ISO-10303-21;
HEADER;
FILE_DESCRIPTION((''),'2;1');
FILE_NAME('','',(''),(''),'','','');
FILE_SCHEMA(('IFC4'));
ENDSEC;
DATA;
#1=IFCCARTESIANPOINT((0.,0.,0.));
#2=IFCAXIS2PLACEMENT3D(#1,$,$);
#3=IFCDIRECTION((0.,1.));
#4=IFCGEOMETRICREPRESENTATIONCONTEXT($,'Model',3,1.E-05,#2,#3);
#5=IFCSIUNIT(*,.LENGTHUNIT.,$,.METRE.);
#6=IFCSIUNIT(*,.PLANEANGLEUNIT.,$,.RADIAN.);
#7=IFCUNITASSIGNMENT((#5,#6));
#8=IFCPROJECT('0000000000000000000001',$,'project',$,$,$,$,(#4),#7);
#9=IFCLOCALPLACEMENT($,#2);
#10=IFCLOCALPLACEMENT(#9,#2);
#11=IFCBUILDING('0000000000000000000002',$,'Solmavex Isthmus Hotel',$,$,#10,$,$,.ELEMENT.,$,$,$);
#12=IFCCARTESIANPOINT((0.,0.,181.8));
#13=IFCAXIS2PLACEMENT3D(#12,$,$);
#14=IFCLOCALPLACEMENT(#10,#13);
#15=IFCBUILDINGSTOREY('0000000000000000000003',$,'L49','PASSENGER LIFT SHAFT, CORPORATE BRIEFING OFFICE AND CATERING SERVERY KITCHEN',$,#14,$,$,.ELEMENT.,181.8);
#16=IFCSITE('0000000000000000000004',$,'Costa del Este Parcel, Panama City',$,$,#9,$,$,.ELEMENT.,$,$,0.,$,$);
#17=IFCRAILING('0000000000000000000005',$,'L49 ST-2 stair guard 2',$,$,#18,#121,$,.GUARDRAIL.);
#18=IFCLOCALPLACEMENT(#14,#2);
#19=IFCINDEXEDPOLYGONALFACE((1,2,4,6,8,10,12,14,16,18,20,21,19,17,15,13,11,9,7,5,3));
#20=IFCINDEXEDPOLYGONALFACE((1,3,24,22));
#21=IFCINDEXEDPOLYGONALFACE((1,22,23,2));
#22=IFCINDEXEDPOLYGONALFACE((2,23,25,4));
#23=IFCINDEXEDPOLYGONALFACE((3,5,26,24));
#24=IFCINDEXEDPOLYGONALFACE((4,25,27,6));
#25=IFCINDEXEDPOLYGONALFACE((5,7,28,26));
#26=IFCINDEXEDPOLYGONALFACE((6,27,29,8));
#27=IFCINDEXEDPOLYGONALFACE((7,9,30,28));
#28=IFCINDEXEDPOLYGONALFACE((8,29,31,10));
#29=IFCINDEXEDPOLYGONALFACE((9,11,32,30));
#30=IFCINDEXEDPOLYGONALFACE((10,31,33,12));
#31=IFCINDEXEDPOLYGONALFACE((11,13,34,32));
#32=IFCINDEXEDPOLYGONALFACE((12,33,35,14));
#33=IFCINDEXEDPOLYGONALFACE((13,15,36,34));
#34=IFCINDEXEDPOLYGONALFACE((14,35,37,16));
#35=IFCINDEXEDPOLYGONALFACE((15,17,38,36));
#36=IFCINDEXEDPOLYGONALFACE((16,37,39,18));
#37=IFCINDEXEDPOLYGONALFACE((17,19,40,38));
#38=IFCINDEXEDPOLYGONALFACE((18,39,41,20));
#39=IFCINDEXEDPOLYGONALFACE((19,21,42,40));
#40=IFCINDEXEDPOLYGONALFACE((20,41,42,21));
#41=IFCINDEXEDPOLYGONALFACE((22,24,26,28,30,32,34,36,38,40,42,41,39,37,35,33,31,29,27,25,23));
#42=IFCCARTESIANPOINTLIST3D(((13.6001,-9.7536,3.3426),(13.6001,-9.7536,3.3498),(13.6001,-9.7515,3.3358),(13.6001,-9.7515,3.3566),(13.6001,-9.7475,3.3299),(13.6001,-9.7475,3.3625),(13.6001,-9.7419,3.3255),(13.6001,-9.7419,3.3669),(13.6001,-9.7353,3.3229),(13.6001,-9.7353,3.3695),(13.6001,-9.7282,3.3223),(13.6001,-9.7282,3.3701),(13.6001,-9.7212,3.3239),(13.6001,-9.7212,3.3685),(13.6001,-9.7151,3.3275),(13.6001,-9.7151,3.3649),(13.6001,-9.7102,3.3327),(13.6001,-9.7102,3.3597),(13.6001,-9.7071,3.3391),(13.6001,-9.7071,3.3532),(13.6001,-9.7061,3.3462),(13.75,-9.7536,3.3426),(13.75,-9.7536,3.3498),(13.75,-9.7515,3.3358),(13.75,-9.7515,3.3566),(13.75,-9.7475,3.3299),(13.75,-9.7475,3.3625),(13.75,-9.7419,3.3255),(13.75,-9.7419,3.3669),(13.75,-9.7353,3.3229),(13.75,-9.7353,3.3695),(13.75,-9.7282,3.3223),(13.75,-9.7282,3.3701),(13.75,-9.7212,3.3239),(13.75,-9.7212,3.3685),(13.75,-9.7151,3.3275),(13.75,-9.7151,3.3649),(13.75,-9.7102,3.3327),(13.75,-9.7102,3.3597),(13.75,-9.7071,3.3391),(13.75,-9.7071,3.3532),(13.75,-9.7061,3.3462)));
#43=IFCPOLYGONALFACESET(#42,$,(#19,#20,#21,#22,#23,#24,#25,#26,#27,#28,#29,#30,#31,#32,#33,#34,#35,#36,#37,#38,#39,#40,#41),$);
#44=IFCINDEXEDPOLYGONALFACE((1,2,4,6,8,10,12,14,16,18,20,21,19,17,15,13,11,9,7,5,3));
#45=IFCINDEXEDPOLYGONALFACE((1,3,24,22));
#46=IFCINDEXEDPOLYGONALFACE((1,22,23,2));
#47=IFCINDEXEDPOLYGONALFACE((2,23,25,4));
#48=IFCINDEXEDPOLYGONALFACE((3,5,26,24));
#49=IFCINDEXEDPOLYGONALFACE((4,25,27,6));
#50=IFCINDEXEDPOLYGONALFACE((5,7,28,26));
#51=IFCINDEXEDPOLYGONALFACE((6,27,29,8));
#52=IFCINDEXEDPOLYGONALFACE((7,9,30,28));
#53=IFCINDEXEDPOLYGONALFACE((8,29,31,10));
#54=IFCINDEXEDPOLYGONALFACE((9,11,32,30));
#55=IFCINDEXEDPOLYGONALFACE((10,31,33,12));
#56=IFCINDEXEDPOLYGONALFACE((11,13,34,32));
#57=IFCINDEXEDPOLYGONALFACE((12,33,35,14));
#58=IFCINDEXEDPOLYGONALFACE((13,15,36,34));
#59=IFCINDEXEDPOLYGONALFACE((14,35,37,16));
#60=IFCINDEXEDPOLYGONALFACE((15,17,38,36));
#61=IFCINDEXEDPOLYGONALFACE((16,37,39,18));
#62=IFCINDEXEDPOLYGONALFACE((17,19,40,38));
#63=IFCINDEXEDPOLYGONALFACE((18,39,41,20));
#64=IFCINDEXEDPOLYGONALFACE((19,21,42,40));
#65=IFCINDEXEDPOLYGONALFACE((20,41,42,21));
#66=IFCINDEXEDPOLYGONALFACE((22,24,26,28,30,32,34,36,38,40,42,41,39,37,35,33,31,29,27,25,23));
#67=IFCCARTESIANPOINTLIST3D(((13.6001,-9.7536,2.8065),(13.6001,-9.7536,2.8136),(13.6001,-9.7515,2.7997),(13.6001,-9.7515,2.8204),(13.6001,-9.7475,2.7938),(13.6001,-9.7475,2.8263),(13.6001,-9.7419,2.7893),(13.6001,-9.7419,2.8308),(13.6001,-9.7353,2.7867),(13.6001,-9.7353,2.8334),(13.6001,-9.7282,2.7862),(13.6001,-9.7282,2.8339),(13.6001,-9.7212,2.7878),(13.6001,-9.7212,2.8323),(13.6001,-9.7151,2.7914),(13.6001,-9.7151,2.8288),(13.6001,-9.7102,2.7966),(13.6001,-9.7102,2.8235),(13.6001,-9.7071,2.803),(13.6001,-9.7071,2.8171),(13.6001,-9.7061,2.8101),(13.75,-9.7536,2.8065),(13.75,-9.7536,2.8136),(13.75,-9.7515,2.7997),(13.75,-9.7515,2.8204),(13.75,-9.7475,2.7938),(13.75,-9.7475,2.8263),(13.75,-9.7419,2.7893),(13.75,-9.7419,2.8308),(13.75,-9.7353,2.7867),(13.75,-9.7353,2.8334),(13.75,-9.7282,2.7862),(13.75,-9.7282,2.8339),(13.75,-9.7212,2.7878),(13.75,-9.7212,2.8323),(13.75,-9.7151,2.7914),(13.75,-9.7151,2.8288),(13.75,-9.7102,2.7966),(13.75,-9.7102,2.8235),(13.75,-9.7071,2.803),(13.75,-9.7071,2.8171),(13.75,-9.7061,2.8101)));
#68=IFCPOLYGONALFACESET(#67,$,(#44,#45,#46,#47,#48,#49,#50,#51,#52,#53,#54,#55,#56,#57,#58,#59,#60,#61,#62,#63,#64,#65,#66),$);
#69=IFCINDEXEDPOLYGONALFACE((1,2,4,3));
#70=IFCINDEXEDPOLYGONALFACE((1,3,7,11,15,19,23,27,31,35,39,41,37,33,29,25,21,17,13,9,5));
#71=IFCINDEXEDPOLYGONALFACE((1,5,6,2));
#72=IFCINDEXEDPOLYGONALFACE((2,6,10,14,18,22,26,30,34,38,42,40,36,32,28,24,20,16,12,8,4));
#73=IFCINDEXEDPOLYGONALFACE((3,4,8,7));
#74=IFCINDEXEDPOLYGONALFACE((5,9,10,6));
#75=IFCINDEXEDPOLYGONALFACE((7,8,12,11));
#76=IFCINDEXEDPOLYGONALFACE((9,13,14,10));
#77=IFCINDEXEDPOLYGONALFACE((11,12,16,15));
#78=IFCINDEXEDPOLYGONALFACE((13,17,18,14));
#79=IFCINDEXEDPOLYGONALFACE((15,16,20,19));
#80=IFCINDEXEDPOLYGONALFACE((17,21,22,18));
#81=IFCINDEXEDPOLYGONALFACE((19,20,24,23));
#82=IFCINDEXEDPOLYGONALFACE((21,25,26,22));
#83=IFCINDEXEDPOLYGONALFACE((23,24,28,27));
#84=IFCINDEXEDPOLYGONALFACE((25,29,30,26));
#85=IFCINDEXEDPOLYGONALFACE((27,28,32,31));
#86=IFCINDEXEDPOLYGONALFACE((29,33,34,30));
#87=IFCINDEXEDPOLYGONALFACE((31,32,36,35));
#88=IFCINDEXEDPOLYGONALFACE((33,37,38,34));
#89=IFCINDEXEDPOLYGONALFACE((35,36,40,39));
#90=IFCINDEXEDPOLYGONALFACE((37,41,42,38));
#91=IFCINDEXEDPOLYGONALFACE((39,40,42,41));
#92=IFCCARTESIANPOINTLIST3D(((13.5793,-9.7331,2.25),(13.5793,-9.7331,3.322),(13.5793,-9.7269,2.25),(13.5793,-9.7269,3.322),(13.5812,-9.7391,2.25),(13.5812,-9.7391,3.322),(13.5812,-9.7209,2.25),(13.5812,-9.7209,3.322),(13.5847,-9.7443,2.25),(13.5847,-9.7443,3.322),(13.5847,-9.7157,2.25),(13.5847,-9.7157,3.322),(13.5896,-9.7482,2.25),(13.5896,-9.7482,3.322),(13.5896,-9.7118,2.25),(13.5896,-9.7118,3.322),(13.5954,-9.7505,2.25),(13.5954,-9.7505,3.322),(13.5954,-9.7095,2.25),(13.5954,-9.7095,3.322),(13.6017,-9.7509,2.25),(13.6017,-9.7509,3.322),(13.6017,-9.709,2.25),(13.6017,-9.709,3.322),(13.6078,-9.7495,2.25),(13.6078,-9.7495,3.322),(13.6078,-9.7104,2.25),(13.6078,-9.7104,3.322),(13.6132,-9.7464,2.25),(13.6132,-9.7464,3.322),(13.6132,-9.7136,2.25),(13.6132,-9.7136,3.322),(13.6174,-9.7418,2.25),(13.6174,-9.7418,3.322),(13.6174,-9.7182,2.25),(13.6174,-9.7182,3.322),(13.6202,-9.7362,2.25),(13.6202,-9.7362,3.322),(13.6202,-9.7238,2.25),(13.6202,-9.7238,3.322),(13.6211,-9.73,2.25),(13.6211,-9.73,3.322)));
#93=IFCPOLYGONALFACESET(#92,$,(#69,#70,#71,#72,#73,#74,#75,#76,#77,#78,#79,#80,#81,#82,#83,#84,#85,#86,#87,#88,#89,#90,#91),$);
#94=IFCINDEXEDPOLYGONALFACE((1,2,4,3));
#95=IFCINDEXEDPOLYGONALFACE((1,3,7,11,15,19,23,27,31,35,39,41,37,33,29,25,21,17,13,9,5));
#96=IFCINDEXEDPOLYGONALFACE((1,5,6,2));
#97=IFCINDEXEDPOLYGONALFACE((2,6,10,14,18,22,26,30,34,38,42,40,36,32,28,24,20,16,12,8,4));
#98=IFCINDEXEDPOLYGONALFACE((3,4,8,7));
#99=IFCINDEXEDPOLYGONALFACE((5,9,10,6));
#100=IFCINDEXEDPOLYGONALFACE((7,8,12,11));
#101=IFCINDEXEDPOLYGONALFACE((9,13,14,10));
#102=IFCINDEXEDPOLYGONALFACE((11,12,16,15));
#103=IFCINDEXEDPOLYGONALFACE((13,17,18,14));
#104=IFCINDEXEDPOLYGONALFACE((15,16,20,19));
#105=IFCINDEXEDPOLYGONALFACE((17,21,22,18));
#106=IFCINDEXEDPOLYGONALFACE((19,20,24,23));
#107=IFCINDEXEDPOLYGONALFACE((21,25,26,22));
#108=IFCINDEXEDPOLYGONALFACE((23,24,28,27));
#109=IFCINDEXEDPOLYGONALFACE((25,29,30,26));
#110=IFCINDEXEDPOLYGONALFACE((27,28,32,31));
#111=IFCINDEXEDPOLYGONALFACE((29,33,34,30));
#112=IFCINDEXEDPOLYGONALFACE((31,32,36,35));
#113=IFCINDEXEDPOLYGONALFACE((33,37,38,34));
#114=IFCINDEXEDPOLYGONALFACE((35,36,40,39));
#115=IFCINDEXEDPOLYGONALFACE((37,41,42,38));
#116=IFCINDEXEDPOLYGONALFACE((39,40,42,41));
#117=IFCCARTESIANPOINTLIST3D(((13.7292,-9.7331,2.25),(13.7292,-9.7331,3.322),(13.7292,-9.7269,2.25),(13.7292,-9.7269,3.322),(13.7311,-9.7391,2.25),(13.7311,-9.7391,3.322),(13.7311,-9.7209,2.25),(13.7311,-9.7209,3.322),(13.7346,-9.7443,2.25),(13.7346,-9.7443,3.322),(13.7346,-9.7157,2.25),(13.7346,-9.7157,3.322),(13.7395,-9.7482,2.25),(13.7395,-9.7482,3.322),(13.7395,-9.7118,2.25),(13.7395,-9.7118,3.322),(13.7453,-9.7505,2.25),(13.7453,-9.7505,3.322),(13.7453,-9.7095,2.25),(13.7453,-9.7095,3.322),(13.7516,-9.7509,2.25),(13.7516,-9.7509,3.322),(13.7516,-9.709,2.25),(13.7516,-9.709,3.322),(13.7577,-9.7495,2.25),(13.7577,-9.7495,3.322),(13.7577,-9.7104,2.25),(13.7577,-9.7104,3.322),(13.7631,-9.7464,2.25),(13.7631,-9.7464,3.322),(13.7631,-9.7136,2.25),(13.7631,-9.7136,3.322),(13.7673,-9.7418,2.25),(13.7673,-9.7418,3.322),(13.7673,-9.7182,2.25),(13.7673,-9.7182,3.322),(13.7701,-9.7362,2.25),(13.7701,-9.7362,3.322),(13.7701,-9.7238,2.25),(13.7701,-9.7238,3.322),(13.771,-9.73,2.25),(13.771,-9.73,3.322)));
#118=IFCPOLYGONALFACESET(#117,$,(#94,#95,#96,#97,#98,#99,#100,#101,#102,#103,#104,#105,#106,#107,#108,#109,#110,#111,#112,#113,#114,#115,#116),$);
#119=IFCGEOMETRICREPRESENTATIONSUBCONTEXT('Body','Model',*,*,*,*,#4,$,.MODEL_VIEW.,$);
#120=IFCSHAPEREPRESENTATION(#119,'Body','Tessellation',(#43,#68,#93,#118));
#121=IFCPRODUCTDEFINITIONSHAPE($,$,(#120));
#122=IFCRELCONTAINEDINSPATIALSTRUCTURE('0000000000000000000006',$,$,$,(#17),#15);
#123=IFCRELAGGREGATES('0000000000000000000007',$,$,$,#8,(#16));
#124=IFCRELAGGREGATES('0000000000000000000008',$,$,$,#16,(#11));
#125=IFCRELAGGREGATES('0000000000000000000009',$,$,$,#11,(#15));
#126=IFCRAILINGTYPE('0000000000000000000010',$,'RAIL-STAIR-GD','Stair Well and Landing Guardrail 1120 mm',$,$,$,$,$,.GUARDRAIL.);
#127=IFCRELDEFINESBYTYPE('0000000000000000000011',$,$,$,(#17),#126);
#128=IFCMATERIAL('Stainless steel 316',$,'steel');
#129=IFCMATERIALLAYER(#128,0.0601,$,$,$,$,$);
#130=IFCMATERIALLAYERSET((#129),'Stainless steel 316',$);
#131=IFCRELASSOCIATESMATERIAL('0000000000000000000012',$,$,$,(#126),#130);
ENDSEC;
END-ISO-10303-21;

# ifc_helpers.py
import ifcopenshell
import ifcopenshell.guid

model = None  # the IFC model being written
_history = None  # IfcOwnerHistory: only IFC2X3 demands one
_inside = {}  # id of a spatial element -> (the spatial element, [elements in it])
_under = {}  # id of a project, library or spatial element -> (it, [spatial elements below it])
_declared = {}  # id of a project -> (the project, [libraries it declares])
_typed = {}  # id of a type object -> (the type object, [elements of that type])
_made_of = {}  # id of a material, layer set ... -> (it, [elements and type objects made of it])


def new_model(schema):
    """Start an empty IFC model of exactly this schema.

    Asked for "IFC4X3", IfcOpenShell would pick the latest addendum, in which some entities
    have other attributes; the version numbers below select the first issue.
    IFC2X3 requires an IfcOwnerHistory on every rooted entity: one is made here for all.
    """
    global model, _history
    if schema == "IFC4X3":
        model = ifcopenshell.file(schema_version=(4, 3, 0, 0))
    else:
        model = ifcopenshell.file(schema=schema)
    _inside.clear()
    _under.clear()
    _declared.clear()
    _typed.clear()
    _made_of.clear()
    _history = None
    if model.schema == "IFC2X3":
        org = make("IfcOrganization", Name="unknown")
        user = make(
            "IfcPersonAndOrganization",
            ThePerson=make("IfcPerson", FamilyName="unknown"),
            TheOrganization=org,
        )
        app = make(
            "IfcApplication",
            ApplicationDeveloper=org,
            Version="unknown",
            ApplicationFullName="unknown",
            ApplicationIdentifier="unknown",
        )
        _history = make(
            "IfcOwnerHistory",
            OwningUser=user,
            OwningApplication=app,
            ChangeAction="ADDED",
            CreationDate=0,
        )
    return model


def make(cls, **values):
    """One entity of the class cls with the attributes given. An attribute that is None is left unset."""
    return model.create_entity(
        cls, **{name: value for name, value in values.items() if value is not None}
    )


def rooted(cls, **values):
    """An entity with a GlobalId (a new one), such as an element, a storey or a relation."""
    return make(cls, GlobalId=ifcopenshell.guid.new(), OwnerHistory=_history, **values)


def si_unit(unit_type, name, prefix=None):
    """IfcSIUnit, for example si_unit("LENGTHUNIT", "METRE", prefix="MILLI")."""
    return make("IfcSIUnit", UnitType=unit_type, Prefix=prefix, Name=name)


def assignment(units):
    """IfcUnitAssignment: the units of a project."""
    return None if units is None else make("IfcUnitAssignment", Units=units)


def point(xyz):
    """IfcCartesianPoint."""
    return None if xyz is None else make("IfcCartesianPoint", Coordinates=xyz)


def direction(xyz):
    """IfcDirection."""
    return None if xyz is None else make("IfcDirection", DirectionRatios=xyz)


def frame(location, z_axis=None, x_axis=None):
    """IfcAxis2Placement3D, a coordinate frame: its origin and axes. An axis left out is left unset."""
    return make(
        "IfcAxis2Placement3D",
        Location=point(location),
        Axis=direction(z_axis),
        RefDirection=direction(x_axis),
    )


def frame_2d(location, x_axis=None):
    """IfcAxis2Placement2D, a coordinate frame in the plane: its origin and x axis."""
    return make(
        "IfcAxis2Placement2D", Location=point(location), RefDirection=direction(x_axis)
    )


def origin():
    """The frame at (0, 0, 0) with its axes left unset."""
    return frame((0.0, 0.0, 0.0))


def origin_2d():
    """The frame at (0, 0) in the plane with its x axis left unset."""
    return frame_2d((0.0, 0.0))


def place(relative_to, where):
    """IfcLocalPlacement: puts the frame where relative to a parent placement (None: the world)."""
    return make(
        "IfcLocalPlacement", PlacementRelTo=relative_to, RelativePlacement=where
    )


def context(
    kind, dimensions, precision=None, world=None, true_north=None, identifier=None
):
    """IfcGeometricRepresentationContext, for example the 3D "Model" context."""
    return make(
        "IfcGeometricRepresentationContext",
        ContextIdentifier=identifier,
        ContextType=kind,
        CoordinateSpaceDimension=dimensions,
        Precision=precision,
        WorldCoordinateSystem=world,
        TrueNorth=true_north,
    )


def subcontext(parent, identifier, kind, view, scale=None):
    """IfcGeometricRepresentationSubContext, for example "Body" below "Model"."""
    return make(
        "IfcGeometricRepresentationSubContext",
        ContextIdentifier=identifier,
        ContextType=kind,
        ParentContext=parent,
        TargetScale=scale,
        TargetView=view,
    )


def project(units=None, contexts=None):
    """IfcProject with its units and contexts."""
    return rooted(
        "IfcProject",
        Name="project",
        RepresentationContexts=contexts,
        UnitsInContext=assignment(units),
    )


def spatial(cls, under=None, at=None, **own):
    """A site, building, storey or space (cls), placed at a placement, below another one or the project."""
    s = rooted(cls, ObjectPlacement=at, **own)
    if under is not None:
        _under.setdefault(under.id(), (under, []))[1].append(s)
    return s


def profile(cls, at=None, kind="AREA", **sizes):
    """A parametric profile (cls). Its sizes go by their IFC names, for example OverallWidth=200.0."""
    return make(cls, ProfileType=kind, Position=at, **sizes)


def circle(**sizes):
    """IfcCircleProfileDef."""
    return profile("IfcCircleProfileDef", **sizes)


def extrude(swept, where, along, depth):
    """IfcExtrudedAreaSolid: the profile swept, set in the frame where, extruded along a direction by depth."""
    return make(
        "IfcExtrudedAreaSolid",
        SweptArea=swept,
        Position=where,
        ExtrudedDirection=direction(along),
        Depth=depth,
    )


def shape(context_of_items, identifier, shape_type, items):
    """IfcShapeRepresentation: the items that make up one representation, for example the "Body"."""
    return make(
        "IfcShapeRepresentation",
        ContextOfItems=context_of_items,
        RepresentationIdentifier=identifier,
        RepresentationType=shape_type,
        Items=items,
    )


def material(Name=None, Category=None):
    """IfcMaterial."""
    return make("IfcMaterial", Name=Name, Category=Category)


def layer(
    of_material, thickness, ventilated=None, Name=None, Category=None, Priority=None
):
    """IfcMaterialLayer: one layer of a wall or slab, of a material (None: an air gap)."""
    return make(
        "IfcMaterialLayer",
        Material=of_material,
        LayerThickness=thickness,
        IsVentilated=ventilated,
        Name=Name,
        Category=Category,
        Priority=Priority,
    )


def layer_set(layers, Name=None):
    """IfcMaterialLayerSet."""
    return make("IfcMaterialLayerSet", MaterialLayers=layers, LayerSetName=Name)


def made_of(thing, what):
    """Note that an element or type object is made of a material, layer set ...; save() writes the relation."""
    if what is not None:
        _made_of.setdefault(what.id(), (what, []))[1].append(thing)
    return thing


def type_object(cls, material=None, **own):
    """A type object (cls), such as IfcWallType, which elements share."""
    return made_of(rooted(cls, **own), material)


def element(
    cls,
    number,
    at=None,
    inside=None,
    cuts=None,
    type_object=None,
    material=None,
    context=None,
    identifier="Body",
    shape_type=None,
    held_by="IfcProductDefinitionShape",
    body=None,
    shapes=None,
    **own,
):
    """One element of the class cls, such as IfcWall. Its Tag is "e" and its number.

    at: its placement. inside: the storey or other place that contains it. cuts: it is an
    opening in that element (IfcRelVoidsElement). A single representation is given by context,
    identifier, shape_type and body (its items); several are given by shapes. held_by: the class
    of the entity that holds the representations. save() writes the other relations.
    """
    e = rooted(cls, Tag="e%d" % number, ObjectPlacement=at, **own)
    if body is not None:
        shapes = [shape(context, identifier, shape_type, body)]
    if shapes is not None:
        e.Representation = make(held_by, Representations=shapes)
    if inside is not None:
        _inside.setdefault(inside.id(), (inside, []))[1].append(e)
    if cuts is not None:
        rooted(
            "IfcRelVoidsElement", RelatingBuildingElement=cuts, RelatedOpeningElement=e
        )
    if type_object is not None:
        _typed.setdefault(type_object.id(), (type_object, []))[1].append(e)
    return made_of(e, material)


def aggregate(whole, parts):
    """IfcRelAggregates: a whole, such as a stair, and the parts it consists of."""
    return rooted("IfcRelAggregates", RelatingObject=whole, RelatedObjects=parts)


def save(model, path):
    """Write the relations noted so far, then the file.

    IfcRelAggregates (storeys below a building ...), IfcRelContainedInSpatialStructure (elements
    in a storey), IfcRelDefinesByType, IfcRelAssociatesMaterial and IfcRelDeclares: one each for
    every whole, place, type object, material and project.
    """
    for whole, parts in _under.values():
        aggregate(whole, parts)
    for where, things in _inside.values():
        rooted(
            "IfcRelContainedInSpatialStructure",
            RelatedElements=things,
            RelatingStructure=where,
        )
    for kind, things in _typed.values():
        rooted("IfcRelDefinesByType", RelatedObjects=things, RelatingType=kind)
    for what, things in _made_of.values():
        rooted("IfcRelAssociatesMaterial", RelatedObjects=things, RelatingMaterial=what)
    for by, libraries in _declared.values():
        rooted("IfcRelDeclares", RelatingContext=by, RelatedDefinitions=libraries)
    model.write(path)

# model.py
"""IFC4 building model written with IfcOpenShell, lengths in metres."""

from ifc_helpers import new_model, si_unit, direction, frame, origin, origin_2d, place, context, subcontext, project, spatial, circle, extrude, material, layer, layer_set, type_object, element, save


model = new_model("IFC4")

# Units and contexts
model_context = context("Model", 3, precision=1e-05, world=origin(), true_north=direction((0.0, 1.0)))
body_context = subcontext(model_context, "Body", "Model", "MODEL_VIEW")
ifc_project = project(units=[si_unit("LENGTHUNIT", "METRE"), si_unit("PLANEANGLEUNIT", "RADIAN")], contexts=[model_context])

# Site, building, storey
site_placement = place(None, origin())
site = spatial("IfcSite", under=ifc_project, at=site_placement, Name="Costa del Este Parcel, Panama City", CompositionType="ELEMENT", RefElevation=0.0)
building_placement = place(site_placement, origin())
building = spatial("IfcBuilding", under=site, at=building_placement, Name="Solmavex Isthmus Hotel", CompositionType="ELEMENT")
storey_placement = place(building_placement, frame((0.0, 0.0, 181.8)))
storey = spatial("IfcBuildingStorey", under=building, at=storey_placement, Name="L49", Description="PASSENGER LIFT SHAFT, CORPORATE BRIEFING OFFICE AND CATERING SERVERY KITCHEN", CompositionType="ELEMENT", Elevation=181.8)

# Shared definitions
ifc_material_1 = material(Name="Stainless steel 316", Category="steel")

# Railing
ifc_layer_1 = layer(ifc_material_1, 0.0601)
ifc_layer_set_1 = layer_set([ifc_layer_1], Name="Stainless steel 316")
railing_type_1 = type_object("IfcRailingType", Name="RAIL-STAIR-GD", Description="Stair Well and Landing Guardrail 1120 mm", PredefinedType="GUARDRAIL", material=ifc_layer_set_1)
railing_1_placement = place(storey_placement, frame((13.6001, -9.73, 2.25)))
element("IfcRailing", 1, at=railing_1_placement, inside=storey, type_object=railing_type_1, Name="L49 ST-2 stair guard 2", PredefinedType="GUARDRAIL", context=body_context, shape_type="SweptSolid", body=[
    extrude(circle(Radius=0.0239, at=origin_2d()), frame((0.0, 0.0, 1.0962), z_axis=(1.0, 0.0, 0.0), x_axis=(0.0, 1.0, 0.0)), (0.0, 0.0, 1.0), 0.1499),
    extrude(circle(Radius=0.0239, at=origin_2d()), frame((0.0, 0.0, 0.5601), z_axis=(1.0, 0.0, 0.0), x_axis=(0.0, 1.0, 0.0)), (0.0, 0.0, 1.0), 0.1499),
    extrude(circle(Radius=0.021, at=origin_2d()), origin(), (0.0, 0.0, 1.0), 1.072),
    extrude(circle(Radius=0.021, at=origin_2d()), frame((0.1499, 0.0, 0.0)), (0.0, 0.0, 1.0), 1.072),
])

save(model, "model.ifc")
